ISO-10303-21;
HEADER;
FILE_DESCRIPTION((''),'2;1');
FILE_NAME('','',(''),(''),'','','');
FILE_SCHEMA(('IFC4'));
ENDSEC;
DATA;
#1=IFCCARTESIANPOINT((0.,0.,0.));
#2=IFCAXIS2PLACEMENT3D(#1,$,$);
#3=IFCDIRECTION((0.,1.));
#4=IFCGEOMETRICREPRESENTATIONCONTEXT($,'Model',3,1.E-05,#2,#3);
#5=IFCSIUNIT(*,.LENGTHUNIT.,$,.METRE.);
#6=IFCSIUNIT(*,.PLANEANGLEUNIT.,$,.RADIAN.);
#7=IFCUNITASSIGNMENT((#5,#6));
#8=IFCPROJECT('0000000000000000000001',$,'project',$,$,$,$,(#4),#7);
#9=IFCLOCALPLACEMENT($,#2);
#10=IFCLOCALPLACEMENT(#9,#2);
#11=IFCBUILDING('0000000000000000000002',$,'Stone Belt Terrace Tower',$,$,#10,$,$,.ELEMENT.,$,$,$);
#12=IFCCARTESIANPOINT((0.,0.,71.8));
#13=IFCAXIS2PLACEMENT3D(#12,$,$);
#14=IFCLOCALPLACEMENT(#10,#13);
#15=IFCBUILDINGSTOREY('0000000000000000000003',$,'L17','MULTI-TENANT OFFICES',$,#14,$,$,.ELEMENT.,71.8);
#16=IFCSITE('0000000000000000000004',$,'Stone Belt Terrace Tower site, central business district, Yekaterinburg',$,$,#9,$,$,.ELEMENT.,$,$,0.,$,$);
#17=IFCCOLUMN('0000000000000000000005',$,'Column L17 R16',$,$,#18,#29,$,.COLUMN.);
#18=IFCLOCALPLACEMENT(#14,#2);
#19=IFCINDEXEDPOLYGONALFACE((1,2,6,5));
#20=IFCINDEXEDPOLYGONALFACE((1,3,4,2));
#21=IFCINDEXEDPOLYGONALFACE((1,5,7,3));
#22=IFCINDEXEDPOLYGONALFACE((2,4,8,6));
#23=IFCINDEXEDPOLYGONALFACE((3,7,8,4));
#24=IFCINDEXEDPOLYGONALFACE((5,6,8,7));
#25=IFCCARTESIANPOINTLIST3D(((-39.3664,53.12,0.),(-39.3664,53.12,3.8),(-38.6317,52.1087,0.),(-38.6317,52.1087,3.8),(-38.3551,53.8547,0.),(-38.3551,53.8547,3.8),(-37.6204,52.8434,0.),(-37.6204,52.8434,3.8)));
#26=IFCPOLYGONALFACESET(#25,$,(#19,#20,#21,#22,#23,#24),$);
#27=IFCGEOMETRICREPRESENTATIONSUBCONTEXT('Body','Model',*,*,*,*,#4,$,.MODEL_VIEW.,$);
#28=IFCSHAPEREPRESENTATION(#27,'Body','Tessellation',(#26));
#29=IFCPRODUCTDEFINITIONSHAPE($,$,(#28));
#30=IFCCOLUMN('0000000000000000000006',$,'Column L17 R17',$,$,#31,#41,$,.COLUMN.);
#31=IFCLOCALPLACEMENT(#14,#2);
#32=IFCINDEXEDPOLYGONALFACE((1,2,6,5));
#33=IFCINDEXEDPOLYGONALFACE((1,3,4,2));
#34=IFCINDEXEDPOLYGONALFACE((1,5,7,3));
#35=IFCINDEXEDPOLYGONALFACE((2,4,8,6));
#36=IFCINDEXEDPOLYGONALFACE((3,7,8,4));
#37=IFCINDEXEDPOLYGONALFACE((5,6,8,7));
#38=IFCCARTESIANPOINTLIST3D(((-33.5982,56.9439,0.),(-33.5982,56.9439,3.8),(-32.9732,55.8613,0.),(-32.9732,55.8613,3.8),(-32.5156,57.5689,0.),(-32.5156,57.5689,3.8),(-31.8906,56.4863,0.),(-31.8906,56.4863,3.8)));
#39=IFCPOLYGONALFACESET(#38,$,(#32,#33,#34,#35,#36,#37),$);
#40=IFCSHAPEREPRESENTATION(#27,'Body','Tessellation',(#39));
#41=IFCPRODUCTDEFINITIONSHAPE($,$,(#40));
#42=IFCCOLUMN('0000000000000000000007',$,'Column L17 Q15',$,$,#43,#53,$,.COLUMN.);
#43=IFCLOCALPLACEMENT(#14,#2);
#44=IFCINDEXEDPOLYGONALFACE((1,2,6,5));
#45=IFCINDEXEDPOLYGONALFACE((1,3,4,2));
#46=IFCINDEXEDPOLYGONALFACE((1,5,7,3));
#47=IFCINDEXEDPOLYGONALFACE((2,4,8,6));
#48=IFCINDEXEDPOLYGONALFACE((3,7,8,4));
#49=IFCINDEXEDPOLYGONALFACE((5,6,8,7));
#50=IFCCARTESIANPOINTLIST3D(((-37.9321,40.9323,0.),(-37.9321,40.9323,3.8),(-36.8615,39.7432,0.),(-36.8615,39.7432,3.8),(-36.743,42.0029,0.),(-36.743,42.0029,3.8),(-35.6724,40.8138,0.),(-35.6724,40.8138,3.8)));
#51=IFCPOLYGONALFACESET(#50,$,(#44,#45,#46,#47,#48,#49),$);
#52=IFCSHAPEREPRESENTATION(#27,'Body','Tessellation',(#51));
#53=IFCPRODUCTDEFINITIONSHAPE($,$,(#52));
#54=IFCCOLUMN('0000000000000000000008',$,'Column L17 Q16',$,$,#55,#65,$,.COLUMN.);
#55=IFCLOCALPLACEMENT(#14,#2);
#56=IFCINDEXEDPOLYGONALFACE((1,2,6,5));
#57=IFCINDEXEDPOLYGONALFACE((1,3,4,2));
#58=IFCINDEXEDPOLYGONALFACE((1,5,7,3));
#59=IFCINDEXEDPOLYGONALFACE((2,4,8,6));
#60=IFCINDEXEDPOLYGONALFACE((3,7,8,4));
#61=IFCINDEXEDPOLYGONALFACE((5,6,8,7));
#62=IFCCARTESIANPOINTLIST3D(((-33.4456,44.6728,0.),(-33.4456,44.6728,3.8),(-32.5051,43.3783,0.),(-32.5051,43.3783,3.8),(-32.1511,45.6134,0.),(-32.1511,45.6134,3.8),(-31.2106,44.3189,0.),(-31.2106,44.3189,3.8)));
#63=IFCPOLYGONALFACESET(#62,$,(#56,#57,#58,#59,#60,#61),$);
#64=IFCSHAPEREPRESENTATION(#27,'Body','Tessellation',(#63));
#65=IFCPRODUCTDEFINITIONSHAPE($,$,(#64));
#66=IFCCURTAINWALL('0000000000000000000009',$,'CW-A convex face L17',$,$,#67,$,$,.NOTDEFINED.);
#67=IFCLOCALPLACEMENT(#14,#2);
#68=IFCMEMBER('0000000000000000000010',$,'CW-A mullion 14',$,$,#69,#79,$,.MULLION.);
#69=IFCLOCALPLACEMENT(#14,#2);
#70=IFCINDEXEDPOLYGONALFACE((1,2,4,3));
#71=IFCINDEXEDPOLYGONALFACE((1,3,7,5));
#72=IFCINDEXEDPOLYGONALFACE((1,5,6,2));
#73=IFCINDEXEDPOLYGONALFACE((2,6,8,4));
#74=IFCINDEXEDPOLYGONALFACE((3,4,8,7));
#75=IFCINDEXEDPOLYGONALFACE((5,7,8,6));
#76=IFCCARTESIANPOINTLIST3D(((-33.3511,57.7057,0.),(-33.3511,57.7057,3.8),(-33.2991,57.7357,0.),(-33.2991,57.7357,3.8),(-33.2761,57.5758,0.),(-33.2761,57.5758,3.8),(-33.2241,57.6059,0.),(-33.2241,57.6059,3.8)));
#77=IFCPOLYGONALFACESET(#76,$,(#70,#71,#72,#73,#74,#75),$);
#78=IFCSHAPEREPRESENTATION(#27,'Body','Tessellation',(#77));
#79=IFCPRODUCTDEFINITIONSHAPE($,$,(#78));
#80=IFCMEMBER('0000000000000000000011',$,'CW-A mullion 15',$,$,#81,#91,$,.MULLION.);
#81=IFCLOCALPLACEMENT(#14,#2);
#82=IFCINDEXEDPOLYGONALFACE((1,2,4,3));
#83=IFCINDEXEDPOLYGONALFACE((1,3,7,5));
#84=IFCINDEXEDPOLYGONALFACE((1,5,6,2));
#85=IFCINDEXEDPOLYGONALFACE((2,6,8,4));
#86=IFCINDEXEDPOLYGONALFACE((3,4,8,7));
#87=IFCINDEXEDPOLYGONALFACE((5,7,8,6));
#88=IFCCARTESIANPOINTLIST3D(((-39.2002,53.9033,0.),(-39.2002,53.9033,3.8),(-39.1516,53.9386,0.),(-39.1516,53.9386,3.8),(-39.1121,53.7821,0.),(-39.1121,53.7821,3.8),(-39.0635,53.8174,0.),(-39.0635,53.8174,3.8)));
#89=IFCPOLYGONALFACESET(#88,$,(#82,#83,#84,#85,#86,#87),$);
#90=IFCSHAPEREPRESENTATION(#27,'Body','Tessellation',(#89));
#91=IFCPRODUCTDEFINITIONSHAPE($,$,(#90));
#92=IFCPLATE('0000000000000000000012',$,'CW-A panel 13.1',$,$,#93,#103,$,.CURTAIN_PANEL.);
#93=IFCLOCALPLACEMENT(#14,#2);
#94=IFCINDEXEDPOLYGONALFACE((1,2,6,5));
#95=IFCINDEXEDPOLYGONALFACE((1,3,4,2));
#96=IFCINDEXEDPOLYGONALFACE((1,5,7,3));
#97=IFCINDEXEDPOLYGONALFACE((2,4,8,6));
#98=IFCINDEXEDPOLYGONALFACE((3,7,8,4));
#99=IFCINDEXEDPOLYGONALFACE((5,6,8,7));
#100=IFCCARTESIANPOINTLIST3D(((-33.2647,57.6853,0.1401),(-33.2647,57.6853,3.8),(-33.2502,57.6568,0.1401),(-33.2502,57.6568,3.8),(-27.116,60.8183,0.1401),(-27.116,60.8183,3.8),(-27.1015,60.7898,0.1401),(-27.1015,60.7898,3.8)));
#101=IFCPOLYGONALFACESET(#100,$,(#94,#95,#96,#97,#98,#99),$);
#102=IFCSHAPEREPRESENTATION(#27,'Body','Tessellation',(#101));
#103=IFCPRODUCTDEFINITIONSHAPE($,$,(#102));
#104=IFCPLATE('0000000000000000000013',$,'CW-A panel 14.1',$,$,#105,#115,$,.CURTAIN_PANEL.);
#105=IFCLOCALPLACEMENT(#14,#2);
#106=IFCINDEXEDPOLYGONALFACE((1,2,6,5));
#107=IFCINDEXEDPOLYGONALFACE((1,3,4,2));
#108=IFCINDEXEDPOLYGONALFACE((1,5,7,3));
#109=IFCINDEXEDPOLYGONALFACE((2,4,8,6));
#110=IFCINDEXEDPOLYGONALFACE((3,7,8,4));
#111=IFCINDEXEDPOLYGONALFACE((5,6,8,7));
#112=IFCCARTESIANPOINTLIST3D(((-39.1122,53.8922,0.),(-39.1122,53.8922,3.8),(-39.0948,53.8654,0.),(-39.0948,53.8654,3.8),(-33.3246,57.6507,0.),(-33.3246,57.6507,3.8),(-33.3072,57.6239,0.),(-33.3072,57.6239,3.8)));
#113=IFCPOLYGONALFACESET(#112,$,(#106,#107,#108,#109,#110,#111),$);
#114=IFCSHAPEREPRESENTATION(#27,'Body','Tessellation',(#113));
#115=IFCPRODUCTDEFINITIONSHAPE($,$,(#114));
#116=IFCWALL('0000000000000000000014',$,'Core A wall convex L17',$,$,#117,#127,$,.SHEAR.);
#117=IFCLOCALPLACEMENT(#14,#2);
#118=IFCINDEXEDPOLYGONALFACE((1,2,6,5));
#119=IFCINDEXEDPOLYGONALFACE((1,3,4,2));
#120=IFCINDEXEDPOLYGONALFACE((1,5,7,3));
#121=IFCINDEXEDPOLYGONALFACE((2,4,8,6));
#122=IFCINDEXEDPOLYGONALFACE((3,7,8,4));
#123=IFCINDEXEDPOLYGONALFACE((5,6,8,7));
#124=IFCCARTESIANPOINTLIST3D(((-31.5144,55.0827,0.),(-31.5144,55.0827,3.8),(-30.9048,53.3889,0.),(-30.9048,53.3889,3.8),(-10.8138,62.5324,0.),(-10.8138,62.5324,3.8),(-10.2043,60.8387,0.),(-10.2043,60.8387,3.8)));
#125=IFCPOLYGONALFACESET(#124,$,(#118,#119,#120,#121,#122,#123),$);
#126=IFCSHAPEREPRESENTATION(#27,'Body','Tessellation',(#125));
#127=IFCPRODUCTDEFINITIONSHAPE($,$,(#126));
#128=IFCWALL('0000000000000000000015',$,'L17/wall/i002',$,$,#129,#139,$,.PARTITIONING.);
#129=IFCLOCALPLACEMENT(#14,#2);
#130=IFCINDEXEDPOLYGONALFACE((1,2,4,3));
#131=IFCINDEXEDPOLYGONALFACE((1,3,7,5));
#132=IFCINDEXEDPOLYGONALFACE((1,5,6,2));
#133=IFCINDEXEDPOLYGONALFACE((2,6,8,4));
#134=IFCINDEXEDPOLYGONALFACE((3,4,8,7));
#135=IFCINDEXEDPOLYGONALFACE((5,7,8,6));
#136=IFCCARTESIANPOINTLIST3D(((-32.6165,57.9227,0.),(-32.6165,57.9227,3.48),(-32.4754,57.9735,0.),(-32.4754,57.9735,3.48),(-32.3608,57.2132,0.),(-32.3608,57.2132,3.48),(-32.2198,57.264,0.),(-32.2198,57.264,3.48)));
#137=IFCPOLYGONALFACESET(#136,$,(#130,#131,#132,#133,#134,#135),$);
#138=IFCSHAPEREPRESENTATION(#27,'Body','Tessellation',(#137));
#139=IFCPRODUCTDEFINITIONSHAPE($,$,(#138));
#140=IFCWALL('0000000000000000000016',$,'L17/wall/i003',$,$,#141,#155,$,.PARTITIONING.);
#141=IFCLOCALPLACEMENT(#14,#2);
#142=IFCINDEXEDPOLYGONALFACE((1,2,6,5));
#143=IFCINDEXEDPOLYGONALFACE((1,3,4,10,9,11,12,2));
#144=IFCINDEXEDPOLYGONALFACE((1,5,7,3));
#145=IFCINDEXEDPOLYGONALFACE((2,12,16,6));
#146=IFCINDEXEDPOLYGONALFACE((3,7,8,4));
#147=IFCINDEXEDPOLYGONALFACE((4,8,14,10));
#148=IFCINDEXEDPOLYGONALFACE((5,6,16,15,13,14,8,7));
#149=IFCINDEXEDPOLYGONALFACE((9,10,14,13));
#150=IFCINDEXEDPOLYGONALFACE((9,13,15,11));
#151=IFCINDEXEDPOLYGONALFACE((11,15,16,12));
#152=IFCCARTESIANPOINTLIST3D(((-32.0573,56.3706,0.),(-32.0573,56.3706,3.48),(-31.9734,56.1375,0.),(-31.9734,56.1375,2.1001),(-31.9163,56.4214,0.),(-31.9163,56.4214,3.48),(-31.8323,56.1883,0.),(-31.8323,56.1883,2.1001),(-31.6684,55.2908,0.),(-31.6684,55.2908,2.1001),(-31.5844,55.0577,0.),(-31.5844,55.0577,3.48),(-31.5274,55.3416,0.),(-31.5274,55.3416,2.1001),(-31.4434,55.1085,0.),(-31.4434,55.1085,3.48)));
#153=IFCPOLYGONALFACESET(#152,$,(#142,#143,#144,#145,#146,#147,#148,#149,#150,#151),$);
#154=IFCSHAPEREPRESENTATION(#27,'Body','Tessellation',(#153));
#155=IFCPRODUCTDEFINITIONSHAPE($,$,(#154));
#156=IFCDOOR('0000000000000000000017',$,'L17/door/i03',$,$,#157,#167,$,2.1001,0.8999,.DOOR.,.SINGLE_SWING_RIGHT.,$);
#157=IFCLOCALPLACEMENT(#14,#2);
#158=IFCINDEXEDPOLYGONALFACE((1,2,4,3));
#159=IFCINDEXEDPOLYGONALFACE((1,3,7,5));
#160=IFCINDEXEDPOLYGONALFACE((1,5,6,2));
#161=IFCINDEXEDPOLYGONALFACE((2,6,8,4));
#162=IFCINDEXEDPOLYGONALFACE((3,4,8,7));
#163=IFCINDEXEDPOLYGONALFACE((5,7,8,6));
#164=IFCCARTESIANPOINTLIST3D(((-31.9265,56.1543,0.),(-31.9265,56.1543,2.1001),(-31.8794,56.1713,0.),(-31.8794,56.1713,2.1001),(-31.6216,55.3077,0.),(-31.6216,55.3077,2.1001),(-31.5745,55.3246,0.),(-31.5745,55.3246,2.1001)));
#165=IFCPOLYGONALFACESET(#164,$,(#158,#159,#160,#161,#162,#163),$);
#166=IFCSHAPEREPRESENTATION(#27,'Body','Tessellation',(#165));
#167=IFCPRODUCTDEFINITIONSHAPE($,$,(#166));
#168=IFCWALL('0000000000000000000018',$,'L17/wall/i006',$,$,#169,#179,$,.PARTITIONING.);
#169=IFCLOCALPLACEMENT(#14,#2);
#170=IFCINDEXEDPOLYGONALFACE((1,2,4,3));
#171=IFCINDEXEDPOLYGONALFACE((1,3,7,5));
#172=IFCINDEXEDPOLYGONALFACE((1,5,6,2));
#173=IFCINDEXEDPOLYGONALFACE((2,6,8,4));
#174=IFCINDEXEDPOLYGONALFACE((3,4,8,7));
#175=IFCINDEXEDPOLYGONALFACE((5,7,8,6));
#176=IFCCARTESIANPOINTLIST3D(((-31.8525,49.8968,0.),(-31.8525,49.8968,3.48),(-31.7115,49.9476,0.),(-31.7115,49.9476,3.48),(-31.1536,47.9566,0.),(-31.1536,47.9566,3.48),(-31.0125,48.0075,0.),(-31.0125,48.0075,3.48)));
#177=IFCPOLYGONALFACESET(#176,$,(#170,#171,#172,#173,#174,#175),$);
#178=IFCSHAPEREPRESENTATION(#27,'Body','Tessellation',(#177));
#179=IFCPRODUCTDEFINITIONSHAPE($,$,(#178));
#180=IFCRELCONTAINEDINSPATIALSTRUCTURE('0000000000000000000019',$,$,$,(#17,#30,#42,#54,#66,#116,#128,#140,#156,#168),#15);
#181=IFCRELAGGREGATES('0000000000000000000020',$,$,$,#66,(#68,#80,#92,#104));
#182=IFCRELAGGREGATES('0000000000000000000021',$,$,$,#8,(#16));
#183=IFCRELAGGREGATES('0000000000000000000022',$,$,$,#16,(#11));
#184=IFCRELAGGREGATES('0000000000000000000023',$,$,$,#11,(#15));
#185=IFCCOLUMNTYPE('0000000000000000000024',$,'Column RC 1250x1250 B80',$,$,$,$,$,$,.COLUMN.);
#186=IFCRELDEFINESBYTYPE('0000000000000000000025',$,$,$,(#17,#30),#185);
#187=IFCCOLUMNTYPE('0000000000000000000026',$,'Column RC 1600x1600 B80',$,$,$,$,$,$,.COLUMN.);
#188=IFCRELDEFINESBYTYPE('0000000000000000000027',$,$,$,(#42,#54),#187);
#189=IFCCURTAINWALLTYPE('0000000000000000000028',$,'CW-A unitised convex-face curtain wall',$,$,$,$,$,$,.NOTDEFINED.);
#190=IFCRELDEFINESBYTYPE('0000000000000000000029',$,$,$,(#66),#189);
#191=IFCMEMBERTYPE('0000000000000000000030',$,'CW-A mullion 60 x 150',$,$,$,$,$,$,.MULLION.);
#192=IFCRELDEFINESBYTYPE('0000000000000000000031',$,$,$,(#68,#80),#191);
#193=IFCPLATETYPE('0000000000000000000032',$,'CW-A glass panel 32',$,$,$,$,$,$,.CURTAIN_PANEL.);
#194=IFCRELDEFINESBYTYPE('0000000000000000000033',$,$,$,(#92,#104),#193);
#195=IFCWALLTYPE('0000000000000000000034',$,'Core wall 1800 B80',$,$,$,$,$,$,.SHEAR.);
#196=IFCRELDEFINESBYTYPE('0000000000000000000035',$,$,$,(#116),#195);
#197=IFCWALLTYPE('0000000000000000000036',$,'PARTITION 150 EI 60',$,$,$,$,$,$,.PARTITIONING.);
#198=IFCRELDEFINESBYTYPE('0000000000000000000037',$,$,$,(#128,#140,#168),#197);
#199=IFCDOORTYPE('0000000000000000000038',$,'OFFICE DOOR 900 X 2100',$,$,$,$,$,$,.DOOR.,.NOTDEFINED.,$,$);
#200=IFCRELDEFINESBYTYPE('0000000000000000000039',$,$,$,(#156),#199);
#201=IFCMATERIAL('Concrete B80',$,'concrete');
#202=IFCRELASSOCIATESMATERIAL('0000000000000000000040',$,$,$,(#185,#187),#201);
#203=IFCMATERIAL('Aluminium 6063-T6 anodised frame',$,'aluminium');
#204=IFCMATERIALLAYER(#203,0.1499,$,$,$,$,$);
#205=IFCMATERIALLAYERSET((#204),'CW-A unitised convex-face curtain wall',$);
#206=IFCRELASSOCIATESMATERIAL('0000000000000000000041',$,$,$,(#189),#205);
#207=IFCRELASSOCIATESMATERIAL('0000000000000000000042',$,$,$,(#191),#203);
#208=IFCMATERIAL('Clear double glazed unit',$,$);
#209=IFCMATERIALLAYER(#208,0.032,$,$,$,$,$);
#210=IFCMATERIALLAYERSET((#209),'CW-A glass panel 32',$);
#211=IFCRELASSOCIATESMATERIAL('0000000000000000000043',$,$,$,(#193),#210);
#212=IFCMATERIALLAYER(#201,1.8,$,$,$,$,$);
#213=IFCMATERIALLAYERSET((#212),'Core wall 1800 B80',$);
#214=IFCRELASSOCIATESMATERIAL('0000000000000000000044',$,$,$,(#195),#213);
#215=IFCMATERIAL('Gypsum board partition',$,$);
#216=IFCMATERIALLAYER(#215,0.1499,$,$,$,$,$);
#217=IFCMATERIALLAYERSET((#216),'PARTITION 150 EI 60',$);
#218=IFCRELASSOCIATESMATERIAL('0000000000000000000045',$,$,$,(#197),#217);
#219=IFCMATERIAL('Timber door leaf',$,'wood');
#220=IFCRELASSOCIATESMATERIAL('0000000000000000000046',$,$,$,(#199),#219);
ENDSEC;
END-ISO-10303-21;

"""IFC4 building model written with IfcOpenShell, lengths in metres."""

from ifc_helpers import new_model, si_unit, direction, frame, frame_2d, origin, origin_2d, place, context, subcontext, project, spatial, rectangle, extrude, material, layer, layer_set, material_profile, profile_set, type_object, element, fill, aggregate, save


model = new_model("IFC4")

# Units and contexts
model_context = context("Model", 3, precision=1e-05, world=origin(), true_north=direction((0.0, 1.0)))
body_context = subcontext(model_context, "Body", "Model", "MODEL_VIEW")
ifc_project = project(units=[si_unit("LENGTHUNIT", "METRE"), si_unit("PLANEANGLEUNIT", "RADIAN")], contexts=[model_context])

# Site, building, storey
site_placement = place(None, origin())
site = spatial("IfcSite", under=ifc_project, at=site_placement, Name="Stone Belt Terrace Tower site, central business district, Yekaterinburg", CompositionType="ELEMENT", RefElevation=0.0)
building_placement = place(site_placement, origin())
building = spatial("IfcBuilding", under=site, at=building_placement, Name="Stone Belt Terrace Tower", CompositionType="ELEMENT")
storey_placement = place(building_placement, frame((0.0, 0.0, 71.8)))
storey = spatial("IfcBuildingStorey", under=building, at=storey_placement, Name="L17", Description="MULTI-TENANT OFFICES", CompositionType="ELEMENT", Elevation=71.8)

# Columns
ifc_material_1 = material(Name="Concrete B80", Category="concrete")
ifc_material_profile_1 = material_profile(ifc_material_1, rectangle(XDim=1.25, YDim=1.25, at=origin_2d()), Name="RC 1250x1250")
ifc_profile_set_1 = profile_set([ifc_material_profile_1], Name="Concrete B80")
column_type_1 = type_object("IfcColumnType", Name="Column RC 1250x1250 B80", PredefinedType="COLUMN", material=ifc_profile_set_1)
for number, where, z_axis, x_axis, name in (
    (1, (-38.4934, 52.9817, 0.0), (0.0, 0.0, 1.0), (0.809017, 0.587785, 0.0), "Column L17 R16"),
    (2, (-32.7444, 56.7151, 0.0), (0.0, 0.0, 1.0), (0.866025, 0.5, 0.0), "Column L17 R17"),
):
    element("IfcColumn", number, at=place(storey_placement, frame(where, z_axis=z_axis, x_axis=x_axis)), inside=storey, type_object=column_type_1, Name=name, PredefinedType="COLUMN", context=body_context, shape_type="SweptSolid", body=[
        extrude(rectangle(XDim=1.25, YDim=1.25, at=origin_2d()), origin(), (0.0, 0.0, 1.0), 3.8),
    ])
ifc_material_profile_2 = material_profile(ifc_material_1, rectangle(XDim=1.6001, YDim=1.6001, at=origin_2d()), Name="RC 1600x1600")
ifc_profile_set_2 = profile_set([ifc_material_profile_2], Name="Concrete B80")
column_type_2 = type_object("IfcColumnType", Name="Column RC 1600x1600 B80", PredefinedType="COLUMN", material=ifc_profile_set_2)
for number, where, z_axis, x_axis, name in (
    (3, (-36.8022, 40.873, 0.0), (0.0, 0.0, 1.0), (0.743145, 0.669131, 0.0), "Column L17 Q15"),
    (4, (-32.3281, 44.4958, 0.0), (0.0, 0.0, 1.0), (0.809017, 0.587785, 0.0), "Column L17 Q16"),
):
    element("IfcColumn", number, at=place(storey_placement, frame(where, z_axis=z_axis, x_axis=x_axis)), inside=storey, type_object=column_type_2, Name=name, PredefinedType="COLUMN", context=body_context, shape_type="SweptSolid", body=[
        extrude(rectangle(XDim=1.6001, YDim=1.6001, at=origin_2d()), origin(), (0.0, 0.0, 1.0), 3.8),
    ])

# Curtain wall, members, plates
ifc_material_2 = material(Name="Aluminium 6063-T6 anodised frame", Category="aluminium")
ifc_layer_1 = layer(ifc_material_2, 0.1499)
ifc_layer_set_1 = layer_set([ifc_layer_1], Name="CW-A unitised convex-face curtain wall")
curtain_wall_type = type_object("IfcCurtainWallType", Name="CW-A unitised convex-face curtain wall", PredefinedType="NOTDEFINED", material=ifc_layer_set_1)
curtain_wall_placement = place(storey_placement, origin())
curtain_wall = element("IfcCurtainWall", 5, at=curtain_wall_placement, inside=storey, type_object=curtain_wall_type, Name="CW-A convex face L17", PredefinedType="NOTDEFINED")
ifc_material_profile_3 = material_profile(ifc_material_2, rectangle(XDim=0.1499, YDim=0.0601, at=origin_2d()), Name="Aluminium 6063-T6 60x150")
ifc_profile_set_3 = profile_set([ifc_material_profile_3], Name="Aluminium 6063-T6 anodised frame")
member_type = type_object("IfcMemberType", Name="CW-A mullion 60 x 150", PredefinedType="MULLION", material=ifc_profile_set_3)
member_1_placement = place(storey_placement, frame((-33.2876, 57.6558, 0.0), z_axis=(0.0, 0.0, 1.0), x_axis=(0.5, -0.866025, 0.0)))
member_1 = element("IfcMember", 6, at=member_1_placement, type_object=member_type, Name="CW-A mullion 14", PredefinedType="MULLION", context=body_context, shape_type="SweptSolid", body=[
    extrude(rectangle(XDim=0.1499, YDim=0.0601, at=origin_2d()), origin(), (0.0, 0.0, 1.0), 3.8),
])
member_2_placement = place(storey_placement, frame((-39.1318, 53.8604, 0.0), z_axis=(0.0, 0.0, 1.0), x_axis=(0.587785, -0.809017, 0.0)))
member_2 = element("IfcMember", 7, at=member_2_placement, type_object=member_type, Name="CW-A mullion 15", PredefinedType="MULLION", context=body_context, shape_type="SweptSolid", body=[
    extrude(rectangle(XDim=0.1499, YDim=0.0601, at=origin_2d()), origin(), (0.0, 0.0, 1.0), 3.8),
])
ifc_material_3 = material(Name="Clear double glazed unit")
ifc_layer_2 = layer(ifc_material_3, 0.032)
ifc_layer_set_2 = layer_set([ifc_layer_2], Name="CW-A glass panel 32")
plate_type = type_object("IfcPlateType", Name="CW-A glass panel 32", PredefinedType="CURTAIN_PANEL", material=ifc_layer_set_2)
plate_1_placement = place(storey_placement, frame((-30.1831, 59.2375, 0.1401), z_axis=(0.0, 0.0, 1.0), x_axis=(-0.891007, -0.45399, 0.0)))
plate_1 = element("IfcPlate", 8, at=plate_1_placement, type_object=plate_type, Name="CW-A panel 13.1", PredefinedType="CURTAIN_PANEL", context=body_context, shape_type="SweptSolid", body=[
    extrude(rectangle(XDim=6.9009, YDim=0.032, at=origin_2d()), origin(), (0.0, 0.0, 1.0), 3.6599),
])
plate_2_placement = place(storey_placement, frame((-36.2097, 55.7581, 0.0), z_axis=(0.0, 0.0, 1.0), x_axis=(-0.838671, -0.544639, 0.0)))
plate_2 = element("IfcPlate", 9, at=plate_2_placement, type_object=plate_type, Name="CW-A panel 14.1", PredefinedType="CURTAIN_PANEL", context=body_context, shape_type="SweptSolid", body=[
    extrude(rectangle(XDim=6.9009, YDim=0.032, at=origin_2d()), origin(), (0.0, 0.0, 1.0), 3.8),
])
aggregate(curtain_wall, [member_1, member_2, plate_1, plate_2])

# Walls
ifc_layer_3 = layer(ifc_material_1, 1.8)
ifc_layer_set_3 = layer_set([ifc_layer_3], Name="Core wall 1800 B80")
wall_type_1 = type_object("IfcWallType", Name="Core wall 1800 B80", PredefinedType="SHEAR", material=ifc_layer_set_3)
wall_1_placement = place(storey_placement, frame((-31.2095, 54.2358, 0.0), z_axis=(0.0, 0.0, 1.0), x_axis=(0.940923, 0.338621, 0.0)))
element("IfcWall", 10, at=wall_1_placement, inside=storey, type_object=wall_type_1, Name="Core A wall convex L17", PredefinedType="SHEAR", context=body_context, shape_type="SweptSolid", body=[
    extrude(rectangle(XDim=22.0002, YDim=1.8, at=frame_2d((11.0, 0.0))), origin(), (0.0, 0.0, 1.0), 3.8),
])
ifc_material_4 = material(Name="Gypsum board partition")
ifc_layer_4 = layer(ifc_material_4, 0.1499)
ifc_layer_set_4 = layer_set([ifc_layer_4], Name="PARTITION 150 EI 60")
wall_type_2 = type_object("IfcWallType", Name="PARTITION 150 EI 60", PredefinedType="PARTITIONING", material=ifc_layer_set_4)
wall_2_placement = place(storey_placement, frame((-32.5459, 57.948, 0.0), z_axis=(0.0, 0.0, 1.0), x_axis=(0.33896, -0.940801, 0.0)))
element("IfcWall", 11, at=wall_2_placement, inside=storey, type_object=wall_type_2, Name="L17/wall/i002", PredefinedType="PARTITIONING", context=body_context, shape_type="SweptSolid", body=[
    extrude(rectangle(XDim=0.7542, YDim=0.1499, at=frame_2d((0.377, 0.0))), origin(), (0.0, 0.0, 1.0), 3.48),
])

# Wall, opening, door
wall_3_placement = place(storey_placement, frame((-31.9868, 56.396, 0.0), z_axis=(0.0, 0.0, 1.0), x_axis=(0.338862, -0.940836, 0.0)))
wall_3 = element("IfcWall", 12, at=wall_3_placement, inside=storey, type_object=wall_type_2, Name="L17/wall/i003", PredefinedType="PARTITIONING", context=body_context, shape_type="SweptSolid", body=[
    extrude(rectangle(XDim=1.3955, YDim=0.1499, at=frame_2d((0.6978, 0.0))), origin(), (0.0, 0.0, 1.0), 3.48),
])
opening_1_placement = place(wall_3_placement, frame((0.2478, 0.0, 0.0)))
opening_1 = element("IfcOpeningElement", 13, at=opening_1_placement, cuts=wall_3, PredefinedType="OPENING", context=body_context, shape_type="SweptSolid", body=[
    extrude(rectangle(XDim=0.8999, YDim=2.1001, at=frame_2d((0.45, 1.05))), frame((0.0, 0.085, 0.0), z_axis=(0.0, -1.0, 0.0), x_axis=(1.0, 0.0, 0.0)), (0.0, 0.0, 1.0), 0.1699),
])
ifc_material_5 = material(Name="Timber door leaf", Category="wood")
door_type = type_object("IfcDoorType", Name="OFFICE DOOR 900 X 2100", OperationType="NOTDEFINED", PredefinedType="DOOR", material=ifc_material_5)
door_1_placement = place(opening_1_placement, origin())
door_1 = element("IfcDoor", 14, at=door_1_placement, inside=storey, type_object=door_type, Name="L17/door/i03", OperationType="SINGLE_SWING_RIGHT", OverallHeight=2.1001, OverallWidth=0.8999, PredefinedType="DOOR", context=body_context, shape_type="SweptSolid", body=[
    extrude(rectangle(XDim=0.8999, YDim=2.1001, at=frame_2d((0.45, 1.05))), frame((0.0, 0.0249, 0.0), z_axis=(0.0, -1.0, 0.0), x_axis=(1.0, 0.0, 0.0)), (0.0, 0.0, 1.0), 0.05),
])
fill(opening_1, door_1)

# Wall
wall_4_placement = place(storey_placement, frame((-31.083, 47.9819, 0.0), z_axis=(0.0, 0.0, 1.0), x_axis=(-0.338937, 0.940809, 0.0)))
element("IfcWall", 15, at=wall_4_placement, inside=storey, type_object=wall_type_2, Name="L17/wall/i006", PredefinedType="PARTITIONING", context=body_context, shape_type="SweptSolid", body=[
    extrude(rectangle(XDim=2.0623, YDim=0.1499, at=frame_2d((1.0312, 0.0))), origin(), (0.0, 0.0, 1.0), 3.48),
])

save(model, "model.ifc")
